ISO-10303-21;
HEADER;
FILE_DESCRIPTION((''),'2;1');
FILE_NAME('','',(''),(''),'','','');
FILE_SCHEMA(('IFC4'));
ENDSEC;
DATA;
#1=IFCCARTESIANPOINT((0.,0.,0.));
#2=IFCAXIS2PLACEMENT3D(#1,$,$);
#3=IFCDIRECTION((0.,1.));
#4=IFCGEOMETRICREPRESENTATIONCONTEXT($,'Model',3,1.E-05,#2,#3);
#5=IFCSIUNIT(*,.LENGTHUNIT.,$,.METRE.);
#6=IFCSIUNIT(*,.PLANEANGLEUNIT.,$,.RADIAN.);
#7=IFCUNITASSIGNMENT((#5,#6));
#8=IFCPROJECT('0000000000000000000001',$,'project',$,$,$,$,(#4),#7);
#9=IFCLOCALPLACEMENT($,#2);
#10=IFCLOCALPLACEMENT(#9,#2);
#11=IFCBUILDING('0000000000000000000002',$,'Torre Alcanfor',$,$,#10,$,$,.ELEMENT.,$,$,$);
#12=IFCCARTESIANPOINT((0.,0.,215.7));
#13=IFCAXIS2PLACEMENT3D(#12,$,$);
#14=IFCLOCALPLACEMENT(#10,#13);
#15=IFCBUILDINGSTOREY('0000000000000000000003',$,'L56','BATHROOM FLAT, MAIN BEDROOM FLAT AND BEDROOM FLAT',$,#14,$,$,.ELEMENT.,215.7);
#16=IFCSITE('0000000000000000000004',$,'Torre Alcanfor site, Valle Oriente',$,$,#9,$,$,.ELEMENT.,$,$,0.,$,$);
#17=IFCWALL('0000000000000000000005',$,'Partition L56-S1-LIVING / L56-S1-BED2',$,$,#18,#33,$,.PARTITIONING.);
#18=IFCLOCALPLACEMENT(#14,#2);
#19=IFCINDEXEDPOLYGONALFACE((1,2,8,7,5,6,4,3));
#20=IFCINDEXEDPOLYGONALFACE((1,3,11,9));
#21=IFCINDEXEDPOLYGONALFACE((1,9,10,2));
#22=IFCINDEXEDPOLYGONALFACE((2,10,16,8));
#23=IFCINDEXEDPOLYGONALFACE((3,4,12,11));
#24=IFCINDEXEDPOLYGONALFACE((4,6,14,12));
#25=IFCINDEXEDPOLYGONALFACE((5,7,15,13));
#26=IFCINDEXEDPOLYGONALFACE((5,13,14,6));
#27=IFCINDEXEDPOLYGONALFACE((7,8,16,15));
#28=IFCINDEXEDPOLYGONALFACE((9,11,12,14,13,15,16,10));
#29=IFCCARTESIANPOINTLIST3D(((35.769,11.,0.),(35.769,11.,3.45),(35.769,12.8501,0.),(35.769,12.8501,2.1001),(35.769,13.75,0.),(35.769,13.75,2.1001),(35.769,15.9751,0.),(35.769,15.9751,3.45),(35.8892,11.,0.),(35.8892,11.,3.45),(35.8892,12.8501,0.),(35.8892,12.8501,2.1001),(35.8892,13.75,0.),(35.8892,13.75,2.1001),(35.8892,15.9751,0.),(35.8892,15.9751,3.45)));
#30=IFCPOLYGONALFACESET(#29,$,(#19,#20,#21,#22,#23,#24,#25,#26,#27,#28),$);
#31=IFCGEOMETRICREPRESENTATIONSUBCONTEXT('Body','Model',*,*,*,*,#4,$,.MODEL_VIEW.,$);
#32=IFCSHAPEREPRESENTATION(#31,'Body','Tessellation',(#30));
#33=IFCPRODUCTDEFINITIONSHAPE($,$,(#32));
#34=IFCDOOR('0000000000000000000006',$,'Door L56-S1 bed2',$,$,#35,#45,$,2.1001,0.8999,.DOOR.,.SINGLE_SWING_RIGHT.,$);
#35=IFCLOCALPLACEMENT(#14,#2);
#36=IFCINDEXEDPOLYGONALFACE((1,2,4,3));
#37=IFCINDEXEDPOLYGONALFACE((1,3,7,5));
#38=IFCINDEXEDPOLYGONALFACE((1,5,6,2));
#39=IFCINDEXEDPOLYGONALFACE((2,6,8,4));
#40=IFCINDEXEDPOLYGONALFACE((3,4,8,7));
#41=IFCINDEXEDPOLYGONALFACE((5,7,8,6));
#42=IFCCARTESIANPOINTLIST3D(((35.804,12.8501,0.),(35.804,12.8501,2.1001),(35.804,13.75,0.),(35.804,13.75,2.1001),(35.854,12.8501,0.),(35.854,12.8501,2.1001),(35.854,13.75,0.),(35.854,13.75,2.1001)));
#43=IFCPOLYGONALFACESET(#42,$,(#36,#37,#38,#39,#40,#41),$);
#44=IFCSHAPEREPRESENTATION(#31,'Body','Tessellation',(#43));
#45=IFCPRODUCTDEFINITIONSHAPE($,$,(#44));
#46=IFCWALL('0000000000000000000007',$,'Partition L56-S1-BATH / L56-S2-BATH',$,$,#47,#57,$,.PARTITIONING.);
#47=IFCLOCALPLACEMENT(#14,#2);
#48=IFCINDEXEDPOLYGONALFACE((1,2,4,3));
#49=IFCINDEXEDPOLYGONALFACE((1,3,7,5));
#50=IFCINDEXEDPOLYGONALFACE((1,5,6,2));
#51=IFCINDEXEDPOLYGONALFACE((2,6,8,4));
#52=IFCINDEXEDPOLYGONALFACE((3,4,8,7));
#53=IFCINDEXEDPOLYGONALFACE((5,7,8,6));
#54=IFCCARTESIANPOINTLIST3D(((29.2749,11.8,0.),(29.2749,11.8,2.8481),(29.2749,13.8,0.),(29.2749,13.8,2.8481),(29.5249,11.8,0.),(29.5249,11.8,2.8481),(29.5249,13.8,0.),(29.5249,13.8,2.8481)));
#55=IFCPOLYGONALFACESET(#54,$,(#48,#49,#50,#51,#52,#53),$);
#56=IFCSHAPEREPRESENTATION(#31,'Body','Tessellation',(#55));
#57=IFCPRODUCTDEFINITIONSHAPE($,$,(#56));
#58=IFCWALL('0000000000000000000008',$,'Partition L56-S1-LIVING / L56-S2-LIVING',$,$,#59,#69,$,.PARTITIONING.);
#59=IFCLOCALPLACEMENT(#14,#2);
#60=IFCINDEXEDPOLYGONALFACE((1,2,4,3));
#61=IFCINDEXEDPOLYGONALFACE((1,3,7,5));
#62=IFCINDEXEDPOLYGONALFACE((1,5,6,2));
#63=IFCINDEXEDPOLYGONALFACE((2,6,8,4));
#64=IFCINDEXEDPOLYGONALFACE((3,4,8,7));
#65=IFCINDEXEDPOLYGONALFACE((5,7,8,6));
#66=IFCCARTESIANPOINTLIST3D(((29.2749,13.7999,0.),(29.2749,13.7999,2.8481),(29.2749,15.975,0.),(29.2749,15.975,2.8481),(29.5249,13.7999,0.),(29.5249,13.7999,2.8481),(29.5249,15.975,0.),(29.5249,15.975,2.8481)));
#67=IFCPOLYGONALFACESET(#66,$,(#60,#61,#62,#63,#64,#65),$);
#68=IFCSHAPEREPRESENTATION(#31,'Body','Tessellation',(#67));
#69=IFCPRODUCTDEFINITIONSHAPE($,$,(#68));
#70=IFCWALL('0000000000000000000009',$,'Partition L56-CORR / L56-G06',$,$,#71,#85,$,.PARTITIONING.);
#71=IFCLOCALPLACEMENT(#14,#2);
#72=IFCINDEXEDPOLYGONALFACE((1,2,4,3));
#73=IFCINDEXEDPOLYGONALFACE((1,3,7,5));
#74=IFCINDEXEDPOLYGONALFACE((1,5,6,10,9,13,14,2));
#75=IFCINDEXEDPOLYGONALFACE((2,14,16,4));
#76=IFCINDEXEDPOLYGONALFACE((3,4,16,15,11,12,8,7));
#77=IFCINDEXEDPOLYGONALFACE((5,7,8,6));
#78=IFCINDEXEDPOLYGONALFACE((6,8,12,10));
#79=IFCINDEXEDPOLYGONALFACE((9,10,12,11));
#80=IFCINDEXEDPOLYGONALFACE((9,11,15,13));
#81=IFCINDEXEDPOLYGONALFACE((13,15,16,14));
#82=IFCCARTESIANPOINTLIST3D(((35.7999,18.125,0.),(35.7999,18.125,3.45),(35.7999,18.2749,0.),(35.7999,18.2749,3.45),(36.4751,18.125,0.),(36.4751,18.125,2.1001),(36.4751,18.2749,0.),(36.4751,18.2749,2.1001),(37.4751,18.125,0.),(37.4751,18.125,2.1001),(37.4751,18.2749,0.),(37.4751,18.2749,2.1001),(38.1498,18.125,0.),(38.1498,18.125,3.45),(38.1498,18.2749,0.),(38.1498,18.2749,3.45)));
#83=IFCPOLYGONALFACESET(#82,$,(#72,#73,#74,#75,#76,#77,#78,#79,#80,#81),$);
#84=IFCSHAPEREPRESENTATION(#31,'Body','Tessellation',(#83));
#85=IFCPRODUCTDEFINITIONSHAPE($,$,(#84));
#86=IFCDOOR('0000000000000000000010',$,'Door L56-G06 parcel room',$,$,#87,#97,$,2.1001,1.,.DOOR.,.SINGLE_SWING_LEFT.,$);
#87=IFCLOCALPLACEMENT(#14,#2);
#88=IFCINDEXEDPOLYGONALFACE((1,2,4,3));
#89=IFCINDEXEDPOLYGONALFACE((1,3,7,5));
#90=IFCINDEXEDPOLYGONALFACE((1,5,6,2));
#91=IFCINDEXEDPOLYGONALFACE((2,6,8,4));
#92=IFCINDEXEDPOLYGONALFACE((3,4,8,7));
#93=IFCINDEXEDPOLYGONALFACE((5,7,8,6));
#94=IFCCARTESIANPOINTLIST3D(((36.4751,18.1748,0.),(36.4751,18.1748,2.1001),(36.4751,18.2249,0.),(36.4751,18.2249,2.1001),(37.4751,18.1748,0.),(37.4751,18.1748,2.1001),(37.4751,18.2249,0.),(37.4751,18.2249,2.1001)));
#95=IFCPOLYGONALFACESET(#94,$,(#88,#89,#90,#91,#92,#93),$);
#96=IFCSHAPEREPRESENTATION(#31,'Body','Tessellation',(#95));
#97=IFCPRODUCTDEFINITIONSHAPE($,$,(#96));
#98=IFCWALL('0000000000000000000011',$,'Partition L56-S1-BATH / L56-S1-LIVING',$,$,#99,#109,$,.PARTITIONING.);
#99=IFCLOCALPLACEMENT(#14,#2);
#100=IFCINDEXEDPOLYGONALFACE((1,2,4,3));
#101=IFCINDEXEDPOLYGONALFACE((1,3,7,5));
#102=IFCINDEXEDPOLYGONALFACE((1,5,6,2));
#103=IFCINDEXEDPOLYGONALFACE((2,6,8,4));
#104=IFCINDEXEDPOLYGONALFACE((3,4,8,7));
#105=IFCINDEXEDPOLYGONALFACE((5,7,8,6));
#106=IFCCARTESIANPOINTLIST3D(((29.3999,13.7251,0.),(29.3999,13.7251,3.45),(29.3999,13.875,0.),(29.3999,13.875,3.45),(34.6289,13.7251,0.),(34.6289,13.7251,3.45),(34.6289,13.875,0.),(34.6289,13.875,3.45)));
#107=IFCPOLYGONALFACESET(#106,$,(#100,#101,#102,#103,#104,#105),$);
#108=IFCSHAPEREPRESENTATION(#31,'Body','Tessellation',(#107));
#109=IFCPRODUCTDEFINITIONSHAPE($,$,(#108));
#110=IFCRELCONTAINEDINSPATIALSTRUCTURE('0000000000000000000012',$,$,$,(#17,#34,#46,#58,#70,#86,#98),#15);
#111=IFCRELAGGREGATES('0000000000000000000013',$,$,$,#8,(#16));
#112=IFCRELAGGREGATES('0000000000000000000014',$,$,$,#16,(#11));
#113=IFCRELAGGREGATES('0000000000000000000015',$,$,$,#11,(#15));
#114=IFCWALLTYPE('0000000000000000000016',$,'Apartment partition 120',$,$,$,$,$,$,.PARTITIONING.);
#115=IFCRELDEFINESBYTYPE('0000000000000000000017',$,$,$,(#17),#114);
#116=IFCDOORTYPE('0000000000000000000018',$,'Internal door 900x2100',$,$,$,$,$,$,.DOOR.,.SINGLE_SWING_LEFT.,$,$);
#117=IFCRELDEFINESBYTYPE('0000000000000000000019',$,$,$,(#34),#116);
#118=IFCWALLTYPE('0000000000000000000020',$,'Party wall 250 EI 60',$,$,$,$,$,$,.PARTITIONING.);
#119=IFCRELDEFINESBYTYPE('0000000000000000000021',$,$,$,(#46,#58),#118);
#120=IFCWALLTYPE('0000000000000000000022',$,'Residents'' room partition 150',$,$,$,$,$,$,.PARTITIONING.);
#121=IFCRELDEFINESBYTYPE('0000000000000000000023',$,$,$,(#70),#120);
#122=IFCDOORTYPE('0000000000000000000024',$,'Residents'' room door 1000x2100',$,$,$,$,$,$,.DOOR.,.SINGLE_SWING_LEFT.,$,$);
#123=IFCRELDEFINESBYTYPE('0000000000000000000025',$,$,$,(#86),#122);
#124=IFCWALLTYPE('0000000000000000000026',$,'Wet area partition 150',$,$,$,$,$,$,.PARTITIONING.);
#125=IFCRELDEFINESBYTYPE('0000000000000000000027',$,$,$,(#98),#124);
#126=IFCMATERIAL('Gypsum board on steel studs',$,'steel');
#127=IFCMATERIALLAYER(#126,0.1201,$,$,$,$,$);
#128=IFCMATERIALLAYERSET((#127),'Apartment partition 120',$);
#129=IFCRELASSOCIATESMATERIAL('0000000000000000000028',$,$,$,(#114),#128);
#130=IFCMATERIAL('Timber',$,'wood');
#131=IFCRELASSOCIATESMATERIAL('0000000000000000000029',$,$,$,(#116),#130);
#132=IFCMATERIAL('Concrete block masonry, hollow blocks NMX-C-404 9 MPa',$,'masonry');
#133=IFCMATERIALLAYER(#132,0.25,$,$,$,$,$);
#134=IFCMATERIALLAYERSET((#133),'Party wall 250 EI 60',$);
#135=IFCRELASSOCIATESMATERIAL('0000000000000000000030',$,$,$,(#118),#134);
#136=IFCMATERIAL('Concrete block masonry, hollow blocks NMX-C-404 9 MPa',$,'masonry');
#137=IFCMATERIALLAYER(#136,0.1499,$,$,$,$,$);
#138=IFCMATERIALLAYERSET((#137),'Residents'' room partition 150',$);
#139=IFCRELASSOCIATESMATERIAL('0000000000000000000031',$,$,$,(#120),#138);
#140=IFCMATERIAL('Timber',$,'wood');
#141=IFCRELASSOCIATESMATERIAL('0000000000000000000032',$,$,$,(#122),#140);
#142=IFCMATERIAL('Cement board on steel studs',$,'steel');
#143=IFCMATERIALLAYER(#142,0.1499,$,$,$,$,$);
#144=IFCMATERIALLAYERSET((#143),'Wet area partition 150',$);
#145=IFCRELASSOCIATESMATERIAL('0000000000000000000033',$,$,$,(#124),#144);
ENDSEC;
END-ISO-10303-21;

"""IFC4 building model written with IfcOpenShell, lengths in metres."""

from ifc_helpers import new_model, si_unit, direction, frame, frame_2d, origin, place, context, subcontext, project, spatial, rectangle, extrude, material, layer, layer_set, type_object, element, fill, save


model = new_model("IFC4")

# Units and contexts
model_context = context("Model", 3, precision=1e-05, world=origin(), true_north=direction((0.0, 1.0)))
body_context = subcontext(model_context, "Body", "Model", "MODEL_VIEW")
ifc_project = project(units=[si_unit("LENGTHUNIT", "METRE"), si_unit("PLANEANGLEUNIT", "RADIAN")], contexts=[model_context])

# Site, building, storey
site_placement = place(None, origin())
site = spatial("IfcSite", under=ifc_project, at=site_placement, Name="Torre Alcanfor site, Valle Oriente", CompositionType="ELEMENT", RefElevation=0.0)
building_placement = place(site_placement, origin())
building = spatial("IfcBuilding", under=site, at=building_placement, Name="Torre Alcanfor", CompositionType="ELEMENT")
storey_placement = place(building_placement, frame((0.0, 0.0, 215.7)))
storey = spatial("IfcBuildingStorey", under=building, at=storey_placement, Name="L56", Description="BATHROOM FLAT, MAIN BEDROOM FLAT AND BEDROOM FLAT", CompositionType="ELEMENT", Elevation=215.7)

# Wall, opening, door
ifc_material_1 = material(Name="Gypsum board on steel studs", Category="steel")
ifc_layer_1 = layer(ifc_material_1, 0.1201)
ifc_layer_set_1 = layer_set([ifc_layer_1], Name="Apartment partition 120")
wall_type_1 = type_object("IfcWallType", Name="Apartment partition 120", PredefinedType="PARTITIONING", material=ifc_layer_set_1)
wall_1_placement = place(storey_placement, frame((35.8291, 15.9751, 0.0), z_axis=(0.0, 0.0, 1.0), x_axis=(0.0, -1.0, 0.0)))
wall_1 = element("IfcWall", 1, at=wall_1_placement, inside=storey, type_object=wall_type_1, Name="Partition L56-S1-LIVING / L56-S1-BED2", PredefinedType="PARTITIONING", context=body_context, shape_type="SweptSolid", body=[
    extrude(rectangle(XDim=4.9751, YDim=0.1201, at=frame_2d((2.4875, 0.0))), origin(), (0.0, 0.0, 1.0), 3.45),
])
opening_1_placement = place(wall_1_placement, frame((2.2251, 0.0, 0.0)))
opening_1 = element("IfcOpeningElement", 2, at=opening_1_placement, cuts=wall_1, PredefinedType="OPENING", context=body_context, shape_type="SweptSolid", body=[
    extrude(rectangle(XDim=0.8999, YDim=2.1001, at=frame_2d((0.45, 1.05))), frame((0.0, 0.0701, 0.0), z_axis=(0.0, -1.0, 0.0), x_axis=(1.0, 0.0, 0.0)), (0.0, 0.0, 1.0), 0.1401),
])
ifc_material_2 = material(Name="Timber", Category="wood")
door_type_1 = type_object("IfcDoorType", Name="Internal door 900x2100", OperationType="SINGLE_SWING_LEFT", PredefinedType="DOOR", material=ifc_material_2)
door_1_placement = place(opening_1_placement, origin())
door_1 = element("IfcDoor", 3, at=door_1_placement, inside=storey, type_object=door_type_1, Name="Door L56-S1 bed2", OperationType="SINGLE_SWING_RIGHT", OverallHeight=2.1001, OverallWidth=0.8999, PredefinedType="DOOR", context=body_context, shape_type="SweptSolid", body=[
    extrude(rectangle(XDim=0.8999, YDim=2.1001, at=frame_2d((0.45, 1.05))), frame((0.0, 0.0249, 0.0), z_axis=(0.0, -1.0, 0.0), x_axis=(1.0, 0.0, 0.0)), (0.0, 0.0, 1.0), 0.05),
])
fill(opening_1, door_1)

# Walls
ifc_material_3 = material(Name="Concrete block masonry, hollow blocks NMX-C-404 9 MPa", Category="masonry")
ifc_layer_2 = layer(ifc_material_3, 0.25)
ifc_layer_set_2 = layer_set([ifc_layer_2], Name="Party wall 250 EI 60")
wall_type_2 = type_object("IfcWallType", Name="Party wall 250 EI 60", PredefinedType="PARTITIONING", material=ifc_layer_set_2)
wall_2_placement = place(storey_placement, frame((29.3999, 13.8, 0.0), z_axis=(0.0, 0.0, 1.0), x_axis=(0.0, -1.0, 0.0)))
element("IfcWall", 4, at=wall_2_placement, inside=storey, type_object=wall_type_2, Name="Partition L56-S1-BATH / L56-S2-BATH", PredefinedType="PARTITIONING", context=body_context, shape_type="SweptSolid", body=[
    extrude(rectangle(XDim=2.0, YDim=0.25, at=frame_2d((1.0, 0.0))), origin(), (0.0, 0.0, 1.0), 2.8481),
])
wall_3_placement = place(storey_placement, frame((29.3999, 13.8, 0.0), z_axis=(0.0, 0.0, 1.0), x_axis=(0.0, 1.0, 0.0)))
element("IfcWall", 5, at=wall_3_placement, inside=storey, type_object=wall_type_2, Name="Partition L56-S1-LIVING / L56-S2-LIVING", PredefinedType="PARTITIONING", context=body_context, shape_type="SweptSolid", body=[
    extrude(rectangle(XDim=2.175, YDim=0.25, at=frame_2d((1.0874, 0.0))), origin(), (0.0, 0.0, 1.0), 2.8481),
])

# Wall, opening, door
ifc_material_4 = material(Name="Concrete block masonry, hollow blocks NMX-C-404 9 MPa", Category="masonry")
ifc_layer_3 = layer(ifc_material_4, 0.1499)
ifc_layer_set_3 = layer_set([ifc_layer_3], Name="Residents' room partition 150")
wall_type_3 = type_object("IfcWallType", Name="Residents' room partition 150", PredefinedType="PARTITIONING", material=ifc_layer_set_3)
wall_4_placement = place(storey_placement, frame((35.8, 18.2, 0.0), z_axis=(0.0, 0.0, 1.0), x_axis=(1.0, 0.0, 0.0)))
wall_4 = element("IfcWall", 6, at=wall_4_placement, inside=storey, type_object=wall_type_3, Name="Partition L56-CORR / L56-G06", PredefinedType="PARTITIONING", context=body_context, shape_type="SweptSolid", body=[
    extrude(rectangle(XDim=2.3499, YDim=0.1499, at=frame_2d((1.1748, 0.0))), origin(), (0.0, 0.0, 1.0), 3.45),
])
opening_2_placement = place(wall_4_placement, frame((0.675, 0.0, 0.0)))
opening_2 = element("IfcOpeningElement", 7, at=opening_2_placement, cuts=wall_4, PredefinedType="OPENING", context=body_context, shape_type="SweptSolid", body=[
    extrude(rectangle(XDim=1.0, YDim=2.1001, at=frame_2d((0.5, 1.05))), frame((0.0, 0.085, 0.0), z_axis=(0.0, -1.0, 0.0), x_axis=(1.0, 0.0, 0.0)), (0.0, 0.0, 1.0), 0.1699),
])
ifc_material_5 = material(Name="Timber", Category="wood")
door_type_2 = type_object("IfcDoorType", Name="Residents' room door 1000x2100", OperationType="SINGLE_SWING_LEFT", PredefinedType="DOOR", material=ifc_material_5)
door_2_placement = place(opening_2_placement, origin())
door_2 = element("IfcDoor", 8, at=door_2_placement, inside=storey, type_object=door_type_2, Name="Door L56-G06 parcel room", OperationType="SINGLE_SWING_LEFT", OverallHeight=2.1001, OverallWidth=1.0, PredefinedType="DOOR", context=body_context, shape_type="SweptSolid", body=[
    extrude(rectangle(XDim=1.0, YDim=2.1001, at=frame_2d((0.5, 1.05))), frame((0.0, 0.0249, 0.0), z_axis=(0.0, -1.0, 0.0), x_axis=(1.0, 0.0, 0.0)), (0.0, 0.0, 1.0), 0.05),
])
fill(opening_2, door_2)

# Wall
ifc_material_6 = material(Name="Cement board on steel studs", Category="steel")
ifc_layer_4 = layer(ifc_material_6, 0.1499)
ifc_layer_set_4 = layer_set([ifc_layer_4], Name="Wet area partition 150")
wall_type_4 = type_object("IfcWallType", Name="Wet area partition 150", PredefinedType="PARTITIONING", material=ifc_layer_set_4)
wall_5_placement = place(storey_placement, frame((34.6289, 13.8, 0.0), z_axis=(0.0, 0.0, 1.0), x_axis=(-1.0, 0.0, 0.0)))
element("IfcWall", 9, at=wall_5_placement, inside=storey, type_object=wall_type_4, Name="Partition L56-S1-BATH / L56-S1-LIVING", PredefinedType="PARTITIONING", context=body_context, shape_type="SweptSolid", body=[
    extrude(rectangle(XDim=5.229, YDim=0.1499, at=frame_2d((2.6145, 0.0))), origin(), (0.0, 0.0, 1.0), 3.45),
])

save(model, "model.ifc")
